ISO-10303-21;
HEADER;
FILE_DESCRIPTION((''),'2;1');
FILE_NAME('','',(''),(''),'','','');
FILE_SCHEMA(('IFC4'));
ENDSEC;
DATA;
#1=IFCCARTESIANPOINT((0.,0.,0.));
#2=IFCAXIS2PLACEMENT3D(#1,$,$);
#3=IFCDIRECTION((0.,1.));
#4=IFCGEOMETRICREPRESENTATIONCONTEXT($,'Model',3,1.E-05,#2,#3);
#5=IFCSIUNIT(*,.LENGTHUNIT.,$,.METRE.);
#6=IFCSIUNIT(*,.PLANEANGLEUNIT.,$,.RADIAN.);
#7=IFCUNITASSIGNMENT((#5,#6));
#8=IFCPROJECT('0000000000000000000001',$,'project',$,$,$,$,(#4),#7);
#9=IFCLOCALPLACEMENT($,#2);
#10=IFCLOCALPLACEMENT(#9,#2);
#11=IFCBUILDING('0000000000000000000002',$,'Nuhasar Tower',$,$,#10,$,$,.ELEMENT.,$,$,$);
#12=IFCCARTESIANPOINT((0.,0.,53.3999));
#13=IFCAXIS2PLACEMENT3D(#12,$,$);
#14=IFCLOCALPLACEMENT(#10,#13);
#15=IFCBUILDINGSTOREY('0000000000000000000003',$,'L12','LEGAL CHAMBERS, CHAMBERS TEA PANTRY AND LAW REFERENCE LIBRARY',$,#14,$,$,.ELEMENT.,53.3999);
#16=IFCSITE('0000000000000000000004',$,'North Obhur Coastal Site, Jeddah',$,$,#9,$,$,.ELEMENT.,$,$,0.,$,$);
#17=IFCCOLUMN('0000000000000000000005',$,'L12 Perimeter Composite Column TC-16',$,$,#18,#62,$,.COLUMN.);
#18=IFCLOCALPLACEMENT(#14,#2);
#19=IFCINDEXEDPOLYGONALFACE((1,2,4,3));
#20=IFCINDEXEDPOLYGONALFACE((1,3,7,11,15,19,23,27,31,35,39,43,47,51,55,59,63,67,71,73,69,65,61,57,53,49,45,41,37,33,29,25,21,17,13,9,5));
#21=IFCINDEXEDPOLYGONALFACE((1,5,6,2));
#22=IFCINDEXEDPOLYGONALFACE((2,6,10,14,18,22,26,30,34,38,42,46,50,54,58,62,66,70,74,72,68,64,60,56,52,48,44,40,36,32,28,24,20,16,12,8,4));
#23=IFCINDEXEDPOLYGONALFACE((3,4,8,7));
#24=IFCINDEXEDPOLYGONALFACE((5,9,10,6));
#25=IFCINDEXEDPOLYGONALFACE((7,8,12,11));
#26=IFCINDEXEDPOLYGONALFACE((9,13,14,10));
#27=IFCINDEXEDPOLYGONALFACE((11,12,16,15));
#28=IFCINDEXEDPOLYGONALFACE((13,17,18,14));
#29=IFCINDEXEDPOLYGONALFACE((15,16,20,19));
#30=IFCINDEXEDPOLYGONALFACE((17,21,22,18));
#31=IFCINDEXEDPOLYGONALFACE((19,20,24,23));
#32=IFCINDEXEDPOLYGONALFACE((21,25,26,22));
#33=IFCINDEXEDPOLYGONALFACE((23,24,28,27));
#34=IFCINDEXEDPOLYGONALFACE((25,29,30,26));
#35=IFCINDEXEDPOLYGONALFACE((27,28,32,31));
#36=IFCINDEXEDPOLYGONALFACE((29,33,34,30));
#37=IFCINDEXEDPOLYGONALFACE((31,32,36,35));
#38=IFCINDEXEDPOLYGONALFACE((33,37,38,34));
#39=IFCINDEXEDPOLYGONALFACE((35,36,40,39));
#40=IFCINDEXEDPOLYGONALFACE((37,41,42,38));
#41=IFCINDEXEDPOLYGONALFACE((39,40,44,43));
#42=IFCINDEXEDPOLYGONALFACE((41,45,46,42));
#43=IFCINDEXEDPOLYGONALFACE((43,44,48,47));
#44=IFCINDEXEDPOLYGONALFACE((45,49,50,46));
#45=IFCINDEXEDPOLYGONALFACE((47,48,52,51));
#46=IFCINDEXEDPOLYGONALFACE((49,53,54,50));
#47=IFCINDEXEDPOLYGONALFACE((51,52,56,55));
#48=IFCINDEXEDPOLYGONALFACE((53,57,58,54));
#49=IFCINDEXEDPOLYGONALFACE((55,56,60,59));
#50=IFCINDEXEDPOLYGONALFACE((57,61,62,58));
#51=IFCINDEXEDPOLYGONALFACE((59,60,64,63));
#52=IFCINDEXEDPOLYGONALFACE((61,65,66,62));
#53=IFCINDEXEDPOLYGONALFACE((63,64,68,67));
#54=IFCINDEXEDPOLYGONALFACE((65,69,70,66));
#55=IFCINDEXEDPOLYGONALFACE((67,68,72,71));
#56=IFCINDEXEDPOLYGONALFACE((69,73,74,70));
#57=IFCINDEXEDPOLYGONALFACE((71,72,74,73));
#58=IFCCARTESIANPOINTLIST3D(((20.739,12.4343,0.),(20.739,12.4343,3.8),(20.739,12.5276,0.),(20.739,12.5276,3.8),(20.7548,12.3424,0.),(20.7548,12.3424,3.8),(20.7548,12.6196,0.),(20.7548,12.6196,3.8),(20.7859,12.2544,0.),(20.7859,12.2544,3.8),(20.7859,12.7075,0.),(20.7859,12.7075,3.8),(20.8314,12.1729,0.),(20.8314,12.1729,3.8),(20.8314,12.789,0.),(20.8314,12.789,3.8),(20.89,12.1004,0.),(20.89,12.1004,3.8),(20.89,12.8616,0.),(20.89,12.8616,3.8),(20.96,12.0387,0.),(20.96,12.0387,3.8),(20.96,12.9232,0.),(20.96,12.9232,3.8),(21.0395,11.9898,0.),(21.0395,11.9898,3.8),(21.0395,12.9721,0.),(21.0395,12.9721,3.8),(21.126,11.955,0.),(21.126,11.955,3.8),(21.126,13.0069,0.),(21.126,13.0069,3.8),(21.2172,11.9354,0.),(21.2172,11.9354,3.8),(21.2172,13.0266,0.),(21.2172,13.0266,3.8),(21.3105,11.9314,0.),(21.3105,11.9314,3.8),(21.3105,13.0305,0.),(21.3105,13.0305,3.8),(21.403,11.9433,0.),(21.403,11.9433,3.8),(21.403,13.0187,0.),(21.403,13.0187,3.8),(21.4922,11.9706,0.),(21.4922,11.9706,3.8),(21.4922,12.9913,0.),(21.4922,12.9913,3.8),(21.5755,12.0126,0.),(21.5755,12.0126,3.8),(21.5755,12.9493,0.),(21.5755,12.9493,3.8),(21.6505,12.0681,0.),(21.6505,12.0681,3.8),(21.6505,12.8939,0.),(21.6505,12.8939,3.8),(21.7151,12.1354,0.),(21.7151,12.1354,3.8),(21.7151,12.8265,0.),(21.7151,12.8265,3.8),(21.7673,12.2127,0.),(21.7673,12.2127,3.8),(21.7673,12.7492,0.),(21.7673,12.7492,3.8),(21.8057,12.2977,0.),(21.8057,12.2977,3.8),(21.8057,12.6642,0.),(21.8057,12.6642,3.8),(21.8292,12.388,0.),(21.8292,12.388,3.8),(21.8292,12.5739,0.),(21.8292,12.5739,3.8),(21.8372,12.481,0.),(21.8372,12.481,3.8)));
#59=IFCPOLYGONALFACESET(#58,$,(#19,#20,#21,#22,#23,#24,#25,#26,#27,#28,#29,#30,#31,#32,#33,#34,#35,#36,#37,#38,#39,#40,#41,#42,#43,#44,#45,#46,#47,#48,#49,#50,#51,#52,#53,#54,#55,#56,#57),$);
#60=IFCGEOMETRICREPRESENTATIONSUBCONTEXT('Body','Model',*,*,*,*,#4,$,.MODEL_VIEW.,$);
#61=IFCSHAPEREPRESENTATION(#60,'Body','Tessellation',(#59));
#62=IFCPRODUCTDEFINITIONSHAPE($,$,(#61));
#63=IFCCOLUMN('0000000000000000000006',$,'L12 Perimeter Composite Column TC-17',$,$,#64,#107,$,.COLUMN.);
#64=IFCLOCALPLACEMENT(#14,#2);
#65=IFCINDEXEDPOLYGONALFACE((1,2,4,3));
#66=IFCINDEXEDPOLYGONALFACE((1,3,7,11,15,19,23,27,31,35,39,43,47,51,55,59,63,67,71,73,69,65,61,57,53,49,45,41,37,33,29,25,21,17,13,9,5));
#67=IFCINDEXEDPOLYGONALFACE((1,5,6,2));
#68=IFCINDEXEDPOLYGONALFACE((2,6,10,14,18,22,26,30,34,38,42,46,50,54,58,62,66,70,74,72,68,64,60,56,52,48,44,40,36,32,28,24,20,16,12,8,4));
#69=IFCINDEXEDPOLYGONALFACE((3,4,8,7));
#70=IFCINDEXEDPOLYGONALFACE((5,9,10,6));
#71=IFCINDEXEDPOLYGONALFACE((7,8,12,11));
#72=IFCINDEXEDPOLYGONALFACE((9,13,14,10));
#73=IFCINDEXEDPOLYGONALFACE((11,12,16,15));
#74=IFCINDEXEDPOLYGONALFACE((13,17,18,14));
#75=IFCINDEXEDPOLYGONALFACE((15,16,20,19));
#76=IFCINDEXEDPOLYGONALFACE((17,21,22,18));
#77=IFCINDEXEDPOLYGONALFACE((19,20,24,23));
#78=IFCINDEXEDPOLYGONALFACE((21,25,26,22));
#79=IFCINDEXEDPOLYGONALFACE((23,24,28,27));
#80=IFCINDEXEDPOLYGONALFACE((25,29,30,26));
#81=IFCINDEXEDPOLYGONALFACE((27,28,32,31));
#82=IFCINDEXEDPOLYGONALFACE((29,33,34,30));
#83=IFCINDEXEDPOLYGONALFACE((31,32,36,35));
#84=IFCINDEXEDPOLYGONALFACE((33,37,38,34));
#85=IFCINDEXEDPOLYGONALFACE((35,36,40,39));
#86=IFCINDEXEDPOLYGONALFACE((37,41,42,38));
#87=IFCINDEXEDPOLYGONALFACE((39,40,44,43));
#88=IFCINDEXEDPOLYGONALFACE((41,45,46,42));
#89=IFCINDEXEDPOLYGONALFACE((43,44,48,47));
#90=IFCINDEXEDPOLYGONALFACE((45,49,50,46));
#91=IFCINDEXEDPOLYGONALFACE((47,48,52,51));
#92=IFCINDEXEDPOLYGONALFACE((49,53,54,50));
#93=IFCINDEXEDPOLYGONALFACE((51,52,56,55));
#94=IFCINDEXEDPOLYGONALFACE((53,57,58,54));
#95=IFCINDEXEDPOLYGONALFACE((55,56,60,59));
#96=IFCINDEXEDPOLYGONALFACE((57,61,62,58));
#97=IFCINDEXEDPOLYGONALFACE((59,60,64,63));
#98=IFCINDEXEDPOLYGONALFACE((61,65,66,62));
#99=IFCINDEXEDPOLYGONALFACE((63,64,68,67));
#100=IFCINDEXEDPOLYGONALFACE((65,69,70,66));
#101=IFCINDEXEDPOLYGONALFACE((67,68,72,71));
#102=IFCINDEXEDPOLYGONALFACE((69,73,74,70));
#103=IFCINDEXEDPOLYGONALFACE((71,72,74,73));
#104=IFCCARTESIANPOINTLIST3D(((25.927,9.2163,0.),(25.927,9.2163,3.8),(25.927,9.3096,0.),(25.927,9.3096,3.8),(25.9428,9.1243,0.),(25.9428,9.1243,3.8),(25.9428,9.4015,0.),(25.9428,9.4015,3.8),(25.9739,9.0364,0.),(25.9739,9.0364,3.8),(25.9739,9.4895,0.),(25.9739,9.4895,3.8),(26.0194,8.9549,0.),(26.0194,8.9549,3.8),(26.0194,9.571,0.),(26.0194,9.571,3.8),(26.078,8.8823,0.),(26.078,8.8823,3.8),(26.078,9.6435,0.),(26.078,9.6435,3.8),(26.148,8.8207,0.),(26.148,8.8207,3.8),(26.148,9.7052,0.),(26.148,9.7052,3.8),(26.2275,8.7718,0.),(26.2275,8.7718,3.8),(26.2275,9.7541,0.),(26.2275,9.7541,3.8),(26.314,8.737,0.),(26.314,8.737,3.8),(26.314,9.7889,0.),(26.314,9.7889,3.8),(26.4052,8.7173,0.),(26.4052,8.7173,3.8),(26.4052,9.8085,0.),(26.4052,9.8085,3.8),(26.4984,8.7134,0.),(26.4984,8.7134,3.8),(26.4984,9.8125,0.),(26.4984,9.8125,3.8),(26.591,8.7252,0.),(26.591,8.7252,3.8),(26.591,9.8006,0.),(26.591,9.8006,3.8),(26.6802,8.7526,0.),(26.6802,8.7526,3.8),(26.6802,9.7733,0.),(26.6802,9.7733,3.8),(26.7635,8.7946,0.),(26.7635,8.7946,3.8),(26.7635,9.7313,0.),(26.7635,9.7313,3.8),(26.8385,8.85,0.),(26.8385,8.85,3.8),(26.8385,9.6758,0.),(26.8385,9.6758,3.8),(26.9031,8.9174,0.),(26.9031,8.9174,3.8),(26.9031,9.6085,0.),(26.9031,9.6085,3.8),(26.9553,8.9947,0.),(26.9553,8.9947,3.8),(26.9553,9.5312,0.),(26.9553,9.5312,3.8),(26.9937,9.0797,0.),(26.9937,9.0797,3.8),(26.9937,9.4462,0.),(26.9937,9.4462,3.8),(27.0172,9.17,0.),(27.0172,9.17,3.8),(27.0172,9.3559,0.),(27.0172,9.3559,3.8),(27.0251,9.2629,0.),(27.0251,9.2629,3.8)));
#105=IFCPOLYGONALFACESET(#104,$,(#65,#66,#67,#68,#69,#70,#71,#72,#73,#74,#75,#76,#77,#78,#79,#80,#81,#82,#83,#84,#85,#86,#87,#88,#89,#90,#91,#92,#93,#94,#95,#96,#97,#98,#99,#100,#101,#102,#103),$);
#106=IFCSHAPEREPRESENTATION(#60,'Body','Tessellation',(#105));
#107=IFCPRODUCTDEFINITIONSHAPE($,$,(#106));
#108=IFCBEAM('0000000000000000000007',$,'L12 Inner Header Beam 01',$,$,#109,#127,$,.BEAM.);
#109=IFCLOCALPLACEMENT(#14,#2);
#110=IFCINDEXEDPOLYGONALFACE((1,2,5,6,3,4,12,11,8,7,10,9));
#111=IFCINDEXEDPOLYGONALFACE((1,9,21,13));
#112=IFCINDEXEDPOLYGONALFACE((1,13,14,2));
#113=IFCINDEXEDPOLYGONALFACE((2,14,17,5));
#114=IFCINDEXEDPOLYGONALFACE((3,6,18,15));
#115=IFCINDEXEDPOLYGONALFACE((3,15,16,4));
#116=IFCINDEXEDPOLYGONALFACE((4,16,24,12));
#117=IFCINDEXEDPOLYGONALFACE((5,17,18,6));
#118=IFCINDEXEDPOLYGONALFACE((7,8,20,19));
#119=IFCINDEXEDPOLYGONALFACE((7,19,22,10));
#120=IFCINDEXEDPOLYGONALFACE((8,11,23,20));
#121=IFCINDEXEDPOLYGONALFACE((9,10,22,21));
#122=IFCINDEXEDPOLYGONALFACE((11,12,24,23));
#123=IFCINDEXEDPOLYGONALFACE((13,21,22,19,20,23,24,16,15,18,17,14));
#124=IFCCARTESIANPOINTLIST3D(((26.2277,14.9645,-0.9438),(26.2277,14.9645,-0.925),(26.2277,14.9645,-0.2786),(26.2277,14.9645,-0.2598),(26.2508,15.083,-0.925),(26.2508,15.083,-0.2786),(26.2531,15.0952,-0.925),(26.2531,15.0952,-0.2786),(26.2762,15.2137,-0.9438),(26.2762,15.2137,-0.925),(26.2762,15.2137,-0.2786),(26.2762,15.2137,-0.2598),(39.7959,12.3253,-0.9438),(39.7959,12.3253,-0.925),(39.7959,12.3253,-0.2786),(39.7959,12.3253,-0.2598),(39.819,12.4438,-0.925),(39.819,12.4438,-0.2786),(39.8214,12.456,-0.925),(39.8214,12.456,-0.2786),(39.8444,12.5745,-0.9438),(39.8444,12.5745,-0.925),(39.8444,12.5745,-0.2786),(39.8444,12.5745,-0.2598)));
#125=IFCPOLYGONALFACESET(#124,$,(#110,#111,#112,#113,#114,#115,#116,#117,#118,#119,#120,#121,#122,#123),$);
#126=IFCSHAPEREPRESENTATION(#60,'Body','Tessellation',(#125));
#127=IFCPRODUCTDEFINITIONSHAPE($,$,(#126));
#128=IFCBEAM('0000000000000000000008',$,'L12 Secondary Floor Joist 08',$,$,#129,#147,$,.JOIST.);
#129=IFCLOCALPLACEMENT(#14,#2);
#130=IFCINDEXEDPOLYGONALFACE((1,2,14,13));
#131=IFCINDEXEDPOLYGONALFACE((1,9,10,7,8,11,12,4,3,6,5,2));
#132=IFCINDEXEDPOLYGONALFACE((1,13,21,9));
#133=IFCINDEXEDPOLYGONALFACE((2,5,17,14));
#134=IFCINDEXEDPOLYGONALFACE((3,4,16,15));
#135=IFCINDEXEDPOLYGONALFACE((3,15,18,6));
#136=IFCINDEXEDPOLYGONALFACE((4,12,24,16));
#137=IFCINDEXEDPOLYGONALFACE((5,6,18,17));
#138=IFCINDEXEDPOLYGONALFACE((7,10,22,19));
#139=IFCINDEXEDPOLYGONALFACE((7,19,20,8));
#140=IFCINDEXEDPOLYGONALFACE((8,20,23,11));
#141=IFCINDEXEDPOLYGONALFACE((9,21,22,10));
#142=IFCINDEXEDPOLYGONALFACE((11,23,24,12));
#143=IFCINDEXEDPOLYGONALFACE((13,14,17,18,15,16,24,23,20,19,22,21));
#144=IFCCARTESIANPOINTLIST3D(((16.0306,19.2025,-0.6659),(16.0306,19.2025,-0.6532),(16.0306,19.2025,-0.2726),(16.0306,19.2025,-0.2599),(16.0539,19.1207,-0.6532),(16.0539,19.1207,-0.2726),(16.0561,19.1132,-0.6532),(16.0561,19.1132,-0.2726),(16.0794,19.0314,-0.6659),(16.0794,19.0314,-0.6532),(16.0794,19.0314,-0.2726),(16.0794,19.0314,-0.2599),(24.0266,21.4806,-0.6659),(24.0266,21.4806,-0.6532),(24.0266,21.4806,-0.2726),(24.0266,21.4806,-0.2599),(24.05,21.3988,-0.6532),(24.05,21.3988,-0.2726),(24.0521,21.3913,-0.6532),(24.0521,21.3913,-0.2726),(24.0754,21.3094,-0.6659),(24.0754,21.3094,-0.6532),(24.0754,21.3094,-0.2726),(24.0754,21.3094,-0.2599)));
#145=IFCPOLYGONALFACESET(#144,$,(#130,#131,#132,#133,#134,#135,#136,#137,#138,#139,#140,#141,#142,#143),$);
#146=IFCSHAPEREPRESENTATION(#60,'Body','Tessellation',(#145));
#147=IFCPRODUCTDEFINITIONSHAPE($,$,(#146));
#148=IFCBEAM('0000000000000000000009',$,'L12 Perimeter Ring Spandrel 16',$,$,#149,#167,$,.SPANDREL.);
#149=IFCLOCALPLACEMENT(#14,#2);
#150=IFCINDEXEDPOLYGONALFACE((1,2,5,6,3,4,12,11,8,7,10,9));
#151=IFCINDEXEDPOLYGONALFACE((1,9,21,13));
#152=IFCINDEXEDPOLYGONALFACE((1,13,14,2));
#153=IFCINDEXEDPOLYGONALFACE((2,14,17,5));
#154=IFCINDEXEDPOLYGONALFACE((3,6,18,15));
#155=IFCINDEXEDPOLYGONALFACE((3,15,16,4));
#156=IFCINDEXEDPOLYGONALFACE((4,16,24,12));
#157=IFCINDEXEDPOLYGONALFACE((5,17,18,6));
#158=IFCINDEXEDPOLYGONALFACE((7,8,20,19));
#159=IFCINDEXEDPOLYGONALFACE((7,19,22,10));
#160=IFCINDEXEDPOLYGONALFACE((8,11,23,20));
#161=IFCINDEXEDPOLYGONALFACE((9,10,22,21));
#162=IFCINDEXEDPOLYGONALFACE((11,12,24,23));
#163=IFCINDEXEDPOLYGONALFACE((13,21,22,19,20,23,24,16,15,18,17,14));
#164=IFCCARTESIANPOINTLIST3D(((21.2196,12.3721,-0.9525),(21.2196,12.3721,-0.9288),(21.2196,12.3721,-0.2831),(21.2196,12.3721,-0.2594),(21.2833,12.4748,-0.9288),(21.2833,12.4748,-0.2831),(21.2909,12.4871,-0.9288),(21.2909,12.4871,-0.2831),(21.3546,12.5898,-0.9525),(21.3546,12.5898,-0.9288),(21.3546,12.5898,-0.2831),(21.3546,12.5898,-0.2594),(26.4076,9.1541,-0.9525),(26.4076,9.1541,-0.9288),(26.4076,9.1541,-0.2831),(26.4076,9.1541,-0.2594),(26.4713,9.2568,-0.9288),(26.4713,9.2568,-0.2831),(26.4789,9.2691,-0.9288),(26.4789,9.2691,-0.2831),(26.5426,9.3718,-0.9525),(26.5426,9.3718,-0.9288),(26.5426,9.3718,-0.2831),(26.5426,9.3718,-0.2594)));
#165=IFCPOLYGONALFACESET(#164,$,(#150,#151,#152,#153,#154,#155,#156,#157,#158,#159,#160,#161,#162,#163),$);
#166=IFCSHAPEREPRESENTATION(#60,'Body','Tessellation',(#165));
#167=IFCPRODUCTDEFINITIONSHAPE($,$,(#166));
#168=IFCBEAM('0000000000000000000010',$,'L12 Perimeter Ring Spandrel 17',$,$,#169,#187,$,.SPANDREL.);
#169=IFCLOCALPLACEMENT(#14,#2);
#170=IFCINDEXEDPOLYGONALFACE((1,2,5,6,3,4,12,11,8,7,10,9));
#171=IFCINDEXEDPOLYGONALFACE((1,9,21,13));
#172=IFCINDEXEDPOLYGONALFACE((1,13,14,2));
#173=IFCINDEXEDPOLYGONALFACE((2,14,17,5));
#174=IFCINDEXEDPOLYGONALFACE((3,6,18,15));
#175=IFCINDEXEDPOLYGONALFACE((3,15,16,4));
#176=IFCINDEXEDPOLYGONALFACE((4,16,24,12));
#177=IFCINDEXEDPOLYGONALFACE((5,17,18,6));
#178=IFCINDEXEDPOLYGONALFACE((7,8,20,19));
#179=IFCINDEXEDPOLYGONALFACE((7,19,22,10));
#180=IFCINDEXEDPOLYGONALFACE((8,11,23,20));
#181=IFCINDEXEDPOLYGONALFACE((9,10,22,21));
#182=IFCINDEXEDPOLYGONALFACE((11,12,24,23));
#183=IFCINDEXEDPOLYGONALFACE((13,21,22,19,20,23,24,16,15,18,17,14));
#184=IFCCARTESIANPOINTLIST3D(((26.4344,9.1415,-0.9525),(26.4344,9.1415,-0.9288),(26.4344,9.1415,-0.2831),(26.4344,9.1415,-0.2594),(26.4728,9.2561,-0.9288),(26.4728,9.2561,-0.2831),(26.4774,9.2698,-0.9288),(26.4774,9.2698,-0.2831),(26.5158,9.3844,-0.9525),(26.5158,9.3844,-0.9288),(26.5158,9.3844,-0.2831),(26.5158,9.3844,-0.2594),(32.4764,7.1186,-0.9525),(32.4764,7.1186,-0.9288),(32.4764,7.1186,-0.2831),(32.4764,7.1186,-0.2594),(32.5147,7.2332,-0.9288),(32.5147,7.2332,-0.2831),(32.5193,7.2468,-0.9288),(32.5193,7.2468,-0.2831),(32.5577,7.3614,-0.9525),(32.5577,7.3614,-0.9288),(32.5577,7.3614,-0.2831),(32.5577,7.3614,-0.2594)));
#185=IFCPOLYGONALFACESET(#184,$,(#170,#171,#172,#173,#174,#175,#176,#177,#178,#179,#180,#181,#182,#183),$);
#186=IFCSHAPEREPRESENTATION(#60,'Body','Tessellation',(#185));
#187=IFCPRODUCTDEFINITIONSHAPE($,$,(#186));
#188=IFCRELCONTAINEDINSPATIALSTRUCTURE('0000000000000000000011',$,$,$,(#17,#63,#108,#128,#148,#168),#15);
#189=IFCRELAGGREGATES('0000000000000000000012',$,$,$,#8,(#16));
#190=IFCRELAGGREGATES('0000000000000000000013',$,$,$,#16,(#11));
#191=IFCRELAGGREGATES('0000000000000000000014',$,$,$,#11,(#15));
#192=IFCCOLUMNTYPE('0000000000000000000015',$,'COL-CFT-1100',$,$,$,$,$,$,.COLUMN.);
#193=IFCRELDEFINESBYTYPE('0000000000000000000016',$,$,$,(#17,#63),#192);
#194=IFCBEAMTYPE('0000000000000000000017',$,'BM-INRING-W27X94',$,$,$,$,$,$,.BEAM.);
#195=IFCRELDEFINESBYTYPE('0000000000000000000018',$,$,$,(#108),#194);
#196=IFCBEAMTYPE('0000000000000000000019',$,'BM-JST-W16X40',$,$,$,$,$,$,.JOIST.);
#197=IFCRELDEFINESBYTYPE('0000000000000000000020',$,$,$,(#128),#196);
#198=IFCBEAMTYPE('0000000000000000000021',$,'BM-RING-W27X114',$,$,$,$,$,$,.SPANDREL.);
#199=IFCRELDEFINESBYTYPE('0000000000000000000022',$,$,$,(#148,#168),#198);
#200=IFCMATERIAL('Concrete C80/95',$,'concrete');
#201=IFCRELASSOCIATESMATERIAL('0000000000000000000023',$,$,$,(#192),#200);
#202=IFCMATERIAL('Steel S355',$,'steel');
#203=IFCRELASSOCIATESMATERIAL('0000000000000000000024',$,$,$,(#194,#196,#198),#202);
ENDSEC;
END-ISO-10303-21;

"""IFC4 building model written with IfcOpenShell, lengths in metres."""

from ifc_helpers import new_model, si_unit, direction, frame, origin, origin_2d, place, context, subcontext, project, spatial, circle, i_section, extrude, material, material_profile, profile_set, type_object, element, save


model = new_model("IFC4")

# Units and contexts
model_context = context("Model", 3, precision=1e-05, world=origin(), true_north=direction((0.0, 1.0)))
body_context = subcontext(model_context, "Body", "Model", "MODEL_VIEW")
ifc_project = project(units=[si_unit("LENGTHUNIT", "METRE"), si_unit("PLANEANGLEUNIT", "RADIAN")], contexts=[model_context])

# Site, building, storey
site_placement = place(None, origin())
site = spatial("IfcSite", under=ifc_project, at=site_placement, Name="North Obhur Coastal Site, Jeddah", CompositionType="ELEMENT", RefElevation=0.0)
building_placement = place(site_placement, origin())
building = spatial("IfcBuilding", under=site, at=building_placement, Name="Nuhasar Tower", CompositionType="ELEMENT")
storey_placement = place(building_placement, frame((0.0, 0.0, 53.3999)))
storey = spatial("IfcBuildingStorey", under=building, at=storey_placement, Name="L12", Description="LEGAL CHAMBERS, CHAMBERS TEA PANTRY AND LAW REFERENCE LIBRARY", CompositionType="ELEMENT", Elevation=53.3999)

# Columns
ifc_material_1 = material(Name="Concrete C80/95", Category="concrete")
ifc_material_profile_1 = material_profile(ifc_material_1, circle(Radius=0.55, at=origin_2d()), Name="CFT1100")
ifc_profile_set_1 = profile_set([ifc_material_profile_1], Name="Concrete C80/95")
column_type = type_object("IfcColumnType", Name="COL-CFT-1100", PredefinedType="COLUMN", material=ifc_profile_set_1)
for number, where, z_axis, x_axis, name in (
    (1, (21.2871, 12.481, 0.0), (0.0, 0.0, 1.0), (1.0, 0.0, 0.0), "L12 Perimeter Composite Column TC-16"),
    (2, (26.4751, 9.2629, 0.0), (0.0, 0.0, 1.0), (1.0, 0.0, 0.0), "L12 Perimeter Composite Column TC-17"),
):
    element("IfcColumn", number, at=place(storey_placement, frame(where, z_axis=z_axis, x_axis=x_axis)), inside=storey, type_object=column_type, Name=name, PredefinedType="COLUMN", context=body_context, shape_type="SweptSolid", body=[
        extrude(circle(Radius=0.55, at=origin_2d()), origin(), (0.0, 0.0, 1.0), 3.8),
    ])

# Beams
ifc_material_2 = material(Name="Steel S355", Category="steel")
ifc_material_profile_2 = material_profile(ifc_material_2, i_section(OverallWidth=0.2539, OverallDepth=0.6841, WebThickness=0.0125, FlangeThickness=0.0188, at=origin_2d()), Name="W27X94")
ifc_profile_set_2 = profile_set([ifc_material_profile_2], Name="Steel S355")
beam_type_1 = type_object("IfcBeamType", Name="BM-INRING-W27X94", PredefinedType="BEAM", material=ifc_profile_set_2)
beam_1_placement = place(storey_placement, frame((26.252, 15.0891, -0.6018), z_axis=(0.981603, -0.190933, 0.0), x_axis=(0.190933, 0.981603, 0.0)))
element("IfcBeam", 3, at=beam_1_placement, inside=storey, type_object=beam_type_1, Name="L12 Inner Header Beam 01", PredefinedType="BEAM", context=body_context, shape_type="SweptSolid", body=[
    extrude(i_section(OverallWidth=0.2539, OverallDepth=0.6841, WebThickness=0.0125, FlangeThickness=0.0188, at=origin_2d()), origin(), (0.0, 0.0, 1.0), 13.8225),
])
ifc_material_profile_3 = material_profile(ifc_material_2, i_section(OverallWidth=0.178, OverallDepth=0.406, WebThickness=0.0078, FlangeThickness=0.0127, at=origin_2d()), Name="W16X40")
ifc_profile_set_3 = profile_set([ifc_material_profile_3], Name="Steel S355")
beam_type_2 = type_object("IfcBeamType", Name="BM-JST-W16X40", PredefinedType="JOIST", material=ifc_profile_set_3)
beam_2_placement = place(storey_placement, frame((24.051, 21.395, -0.4629), z_axis=(-0.961731, -0.273996, 0.0), x_axis=(0.273996, -0.961731, 0.0)))
element("IfcBeam", 4, at=beam_2_placement, inside=storey, type_object=beam_type_2, Name="L12 Secondary Floor Joist 08", PredefinedType="JOIST", context=body_context, shape_type="SweptSolid", body=[
    extrude(i_section(OverallWidth=0.178, OverallDepth=0.406, WebThickness=0.0078, FlangeThickness=0.0127, at=origin_2d()), origin(), (0.0, 0.0, 1.0), 8.3142),
])
ifc_material_profile_4 = material_profile(ifc_material_2, i_section(OverallWidth=0.2561, OverallDepth=0.6931, WebThickness=0.0144, FlangeThickness=0.0237, at=origin_2d()), Name="W27X114")
ifc_profile_set_4 = profile_set([ifc_material_profile_4], Name="Steel S355")
beam_type_3 = type_object("IfcBeamType", Name="BM-RING-W27X114", PredefinedType="SPANDREL", material=ifc_profile_set_4)
beam_3_placement = place(storey_placement, frame((21.2871, 12.481, -0.606), z_axis=(0.849795, -0.527113, 0.0), x_axis=(0.527113, 0.849795, 0.0)))
element("IfcBeam", 5, at=beam_3_placement, inside=storey, type_object=beam_type_3, Name="L12 Perimeter Ring Spandrel 16", PredefinedType="SPANDREL", context=body_context, shape_type="SweptSolid", body=[
    extrude(i_section(OverallWidth=0.2561, OverallDepth=0.6931, WebThickness=0.0144, FlangeThickness=0.0237, at=origin_2d()), origin(), (0.0, 0.0, 1.0), 6.105),
])
beam_4_placement = place(storey_placement, frame((26.4751, 9.2629, -0.606), z_axis=(0.948261, -0.317492, 0.0), x_axis=(0.317492, 0.948261, 0.0)))
element("IfcBeam", 6, at=beam_4_placement, inside=storey, type_object=beam_type_3, Name="L12 Perimeter Ring Spandrel 17", PredefinedType="SPANDREL", context=body_context, shape_type="SweptSolid", body=[
    extrude(i_section(OverallWidth=0.2561, OverallDepth=0.6931, WebThickness=0.0144, FlangeThickness=0.0237, at=origin_2d()), origin(), (0.0, 0.0, 1.0), 6.3716),
])

save(model, "model.ifc")
